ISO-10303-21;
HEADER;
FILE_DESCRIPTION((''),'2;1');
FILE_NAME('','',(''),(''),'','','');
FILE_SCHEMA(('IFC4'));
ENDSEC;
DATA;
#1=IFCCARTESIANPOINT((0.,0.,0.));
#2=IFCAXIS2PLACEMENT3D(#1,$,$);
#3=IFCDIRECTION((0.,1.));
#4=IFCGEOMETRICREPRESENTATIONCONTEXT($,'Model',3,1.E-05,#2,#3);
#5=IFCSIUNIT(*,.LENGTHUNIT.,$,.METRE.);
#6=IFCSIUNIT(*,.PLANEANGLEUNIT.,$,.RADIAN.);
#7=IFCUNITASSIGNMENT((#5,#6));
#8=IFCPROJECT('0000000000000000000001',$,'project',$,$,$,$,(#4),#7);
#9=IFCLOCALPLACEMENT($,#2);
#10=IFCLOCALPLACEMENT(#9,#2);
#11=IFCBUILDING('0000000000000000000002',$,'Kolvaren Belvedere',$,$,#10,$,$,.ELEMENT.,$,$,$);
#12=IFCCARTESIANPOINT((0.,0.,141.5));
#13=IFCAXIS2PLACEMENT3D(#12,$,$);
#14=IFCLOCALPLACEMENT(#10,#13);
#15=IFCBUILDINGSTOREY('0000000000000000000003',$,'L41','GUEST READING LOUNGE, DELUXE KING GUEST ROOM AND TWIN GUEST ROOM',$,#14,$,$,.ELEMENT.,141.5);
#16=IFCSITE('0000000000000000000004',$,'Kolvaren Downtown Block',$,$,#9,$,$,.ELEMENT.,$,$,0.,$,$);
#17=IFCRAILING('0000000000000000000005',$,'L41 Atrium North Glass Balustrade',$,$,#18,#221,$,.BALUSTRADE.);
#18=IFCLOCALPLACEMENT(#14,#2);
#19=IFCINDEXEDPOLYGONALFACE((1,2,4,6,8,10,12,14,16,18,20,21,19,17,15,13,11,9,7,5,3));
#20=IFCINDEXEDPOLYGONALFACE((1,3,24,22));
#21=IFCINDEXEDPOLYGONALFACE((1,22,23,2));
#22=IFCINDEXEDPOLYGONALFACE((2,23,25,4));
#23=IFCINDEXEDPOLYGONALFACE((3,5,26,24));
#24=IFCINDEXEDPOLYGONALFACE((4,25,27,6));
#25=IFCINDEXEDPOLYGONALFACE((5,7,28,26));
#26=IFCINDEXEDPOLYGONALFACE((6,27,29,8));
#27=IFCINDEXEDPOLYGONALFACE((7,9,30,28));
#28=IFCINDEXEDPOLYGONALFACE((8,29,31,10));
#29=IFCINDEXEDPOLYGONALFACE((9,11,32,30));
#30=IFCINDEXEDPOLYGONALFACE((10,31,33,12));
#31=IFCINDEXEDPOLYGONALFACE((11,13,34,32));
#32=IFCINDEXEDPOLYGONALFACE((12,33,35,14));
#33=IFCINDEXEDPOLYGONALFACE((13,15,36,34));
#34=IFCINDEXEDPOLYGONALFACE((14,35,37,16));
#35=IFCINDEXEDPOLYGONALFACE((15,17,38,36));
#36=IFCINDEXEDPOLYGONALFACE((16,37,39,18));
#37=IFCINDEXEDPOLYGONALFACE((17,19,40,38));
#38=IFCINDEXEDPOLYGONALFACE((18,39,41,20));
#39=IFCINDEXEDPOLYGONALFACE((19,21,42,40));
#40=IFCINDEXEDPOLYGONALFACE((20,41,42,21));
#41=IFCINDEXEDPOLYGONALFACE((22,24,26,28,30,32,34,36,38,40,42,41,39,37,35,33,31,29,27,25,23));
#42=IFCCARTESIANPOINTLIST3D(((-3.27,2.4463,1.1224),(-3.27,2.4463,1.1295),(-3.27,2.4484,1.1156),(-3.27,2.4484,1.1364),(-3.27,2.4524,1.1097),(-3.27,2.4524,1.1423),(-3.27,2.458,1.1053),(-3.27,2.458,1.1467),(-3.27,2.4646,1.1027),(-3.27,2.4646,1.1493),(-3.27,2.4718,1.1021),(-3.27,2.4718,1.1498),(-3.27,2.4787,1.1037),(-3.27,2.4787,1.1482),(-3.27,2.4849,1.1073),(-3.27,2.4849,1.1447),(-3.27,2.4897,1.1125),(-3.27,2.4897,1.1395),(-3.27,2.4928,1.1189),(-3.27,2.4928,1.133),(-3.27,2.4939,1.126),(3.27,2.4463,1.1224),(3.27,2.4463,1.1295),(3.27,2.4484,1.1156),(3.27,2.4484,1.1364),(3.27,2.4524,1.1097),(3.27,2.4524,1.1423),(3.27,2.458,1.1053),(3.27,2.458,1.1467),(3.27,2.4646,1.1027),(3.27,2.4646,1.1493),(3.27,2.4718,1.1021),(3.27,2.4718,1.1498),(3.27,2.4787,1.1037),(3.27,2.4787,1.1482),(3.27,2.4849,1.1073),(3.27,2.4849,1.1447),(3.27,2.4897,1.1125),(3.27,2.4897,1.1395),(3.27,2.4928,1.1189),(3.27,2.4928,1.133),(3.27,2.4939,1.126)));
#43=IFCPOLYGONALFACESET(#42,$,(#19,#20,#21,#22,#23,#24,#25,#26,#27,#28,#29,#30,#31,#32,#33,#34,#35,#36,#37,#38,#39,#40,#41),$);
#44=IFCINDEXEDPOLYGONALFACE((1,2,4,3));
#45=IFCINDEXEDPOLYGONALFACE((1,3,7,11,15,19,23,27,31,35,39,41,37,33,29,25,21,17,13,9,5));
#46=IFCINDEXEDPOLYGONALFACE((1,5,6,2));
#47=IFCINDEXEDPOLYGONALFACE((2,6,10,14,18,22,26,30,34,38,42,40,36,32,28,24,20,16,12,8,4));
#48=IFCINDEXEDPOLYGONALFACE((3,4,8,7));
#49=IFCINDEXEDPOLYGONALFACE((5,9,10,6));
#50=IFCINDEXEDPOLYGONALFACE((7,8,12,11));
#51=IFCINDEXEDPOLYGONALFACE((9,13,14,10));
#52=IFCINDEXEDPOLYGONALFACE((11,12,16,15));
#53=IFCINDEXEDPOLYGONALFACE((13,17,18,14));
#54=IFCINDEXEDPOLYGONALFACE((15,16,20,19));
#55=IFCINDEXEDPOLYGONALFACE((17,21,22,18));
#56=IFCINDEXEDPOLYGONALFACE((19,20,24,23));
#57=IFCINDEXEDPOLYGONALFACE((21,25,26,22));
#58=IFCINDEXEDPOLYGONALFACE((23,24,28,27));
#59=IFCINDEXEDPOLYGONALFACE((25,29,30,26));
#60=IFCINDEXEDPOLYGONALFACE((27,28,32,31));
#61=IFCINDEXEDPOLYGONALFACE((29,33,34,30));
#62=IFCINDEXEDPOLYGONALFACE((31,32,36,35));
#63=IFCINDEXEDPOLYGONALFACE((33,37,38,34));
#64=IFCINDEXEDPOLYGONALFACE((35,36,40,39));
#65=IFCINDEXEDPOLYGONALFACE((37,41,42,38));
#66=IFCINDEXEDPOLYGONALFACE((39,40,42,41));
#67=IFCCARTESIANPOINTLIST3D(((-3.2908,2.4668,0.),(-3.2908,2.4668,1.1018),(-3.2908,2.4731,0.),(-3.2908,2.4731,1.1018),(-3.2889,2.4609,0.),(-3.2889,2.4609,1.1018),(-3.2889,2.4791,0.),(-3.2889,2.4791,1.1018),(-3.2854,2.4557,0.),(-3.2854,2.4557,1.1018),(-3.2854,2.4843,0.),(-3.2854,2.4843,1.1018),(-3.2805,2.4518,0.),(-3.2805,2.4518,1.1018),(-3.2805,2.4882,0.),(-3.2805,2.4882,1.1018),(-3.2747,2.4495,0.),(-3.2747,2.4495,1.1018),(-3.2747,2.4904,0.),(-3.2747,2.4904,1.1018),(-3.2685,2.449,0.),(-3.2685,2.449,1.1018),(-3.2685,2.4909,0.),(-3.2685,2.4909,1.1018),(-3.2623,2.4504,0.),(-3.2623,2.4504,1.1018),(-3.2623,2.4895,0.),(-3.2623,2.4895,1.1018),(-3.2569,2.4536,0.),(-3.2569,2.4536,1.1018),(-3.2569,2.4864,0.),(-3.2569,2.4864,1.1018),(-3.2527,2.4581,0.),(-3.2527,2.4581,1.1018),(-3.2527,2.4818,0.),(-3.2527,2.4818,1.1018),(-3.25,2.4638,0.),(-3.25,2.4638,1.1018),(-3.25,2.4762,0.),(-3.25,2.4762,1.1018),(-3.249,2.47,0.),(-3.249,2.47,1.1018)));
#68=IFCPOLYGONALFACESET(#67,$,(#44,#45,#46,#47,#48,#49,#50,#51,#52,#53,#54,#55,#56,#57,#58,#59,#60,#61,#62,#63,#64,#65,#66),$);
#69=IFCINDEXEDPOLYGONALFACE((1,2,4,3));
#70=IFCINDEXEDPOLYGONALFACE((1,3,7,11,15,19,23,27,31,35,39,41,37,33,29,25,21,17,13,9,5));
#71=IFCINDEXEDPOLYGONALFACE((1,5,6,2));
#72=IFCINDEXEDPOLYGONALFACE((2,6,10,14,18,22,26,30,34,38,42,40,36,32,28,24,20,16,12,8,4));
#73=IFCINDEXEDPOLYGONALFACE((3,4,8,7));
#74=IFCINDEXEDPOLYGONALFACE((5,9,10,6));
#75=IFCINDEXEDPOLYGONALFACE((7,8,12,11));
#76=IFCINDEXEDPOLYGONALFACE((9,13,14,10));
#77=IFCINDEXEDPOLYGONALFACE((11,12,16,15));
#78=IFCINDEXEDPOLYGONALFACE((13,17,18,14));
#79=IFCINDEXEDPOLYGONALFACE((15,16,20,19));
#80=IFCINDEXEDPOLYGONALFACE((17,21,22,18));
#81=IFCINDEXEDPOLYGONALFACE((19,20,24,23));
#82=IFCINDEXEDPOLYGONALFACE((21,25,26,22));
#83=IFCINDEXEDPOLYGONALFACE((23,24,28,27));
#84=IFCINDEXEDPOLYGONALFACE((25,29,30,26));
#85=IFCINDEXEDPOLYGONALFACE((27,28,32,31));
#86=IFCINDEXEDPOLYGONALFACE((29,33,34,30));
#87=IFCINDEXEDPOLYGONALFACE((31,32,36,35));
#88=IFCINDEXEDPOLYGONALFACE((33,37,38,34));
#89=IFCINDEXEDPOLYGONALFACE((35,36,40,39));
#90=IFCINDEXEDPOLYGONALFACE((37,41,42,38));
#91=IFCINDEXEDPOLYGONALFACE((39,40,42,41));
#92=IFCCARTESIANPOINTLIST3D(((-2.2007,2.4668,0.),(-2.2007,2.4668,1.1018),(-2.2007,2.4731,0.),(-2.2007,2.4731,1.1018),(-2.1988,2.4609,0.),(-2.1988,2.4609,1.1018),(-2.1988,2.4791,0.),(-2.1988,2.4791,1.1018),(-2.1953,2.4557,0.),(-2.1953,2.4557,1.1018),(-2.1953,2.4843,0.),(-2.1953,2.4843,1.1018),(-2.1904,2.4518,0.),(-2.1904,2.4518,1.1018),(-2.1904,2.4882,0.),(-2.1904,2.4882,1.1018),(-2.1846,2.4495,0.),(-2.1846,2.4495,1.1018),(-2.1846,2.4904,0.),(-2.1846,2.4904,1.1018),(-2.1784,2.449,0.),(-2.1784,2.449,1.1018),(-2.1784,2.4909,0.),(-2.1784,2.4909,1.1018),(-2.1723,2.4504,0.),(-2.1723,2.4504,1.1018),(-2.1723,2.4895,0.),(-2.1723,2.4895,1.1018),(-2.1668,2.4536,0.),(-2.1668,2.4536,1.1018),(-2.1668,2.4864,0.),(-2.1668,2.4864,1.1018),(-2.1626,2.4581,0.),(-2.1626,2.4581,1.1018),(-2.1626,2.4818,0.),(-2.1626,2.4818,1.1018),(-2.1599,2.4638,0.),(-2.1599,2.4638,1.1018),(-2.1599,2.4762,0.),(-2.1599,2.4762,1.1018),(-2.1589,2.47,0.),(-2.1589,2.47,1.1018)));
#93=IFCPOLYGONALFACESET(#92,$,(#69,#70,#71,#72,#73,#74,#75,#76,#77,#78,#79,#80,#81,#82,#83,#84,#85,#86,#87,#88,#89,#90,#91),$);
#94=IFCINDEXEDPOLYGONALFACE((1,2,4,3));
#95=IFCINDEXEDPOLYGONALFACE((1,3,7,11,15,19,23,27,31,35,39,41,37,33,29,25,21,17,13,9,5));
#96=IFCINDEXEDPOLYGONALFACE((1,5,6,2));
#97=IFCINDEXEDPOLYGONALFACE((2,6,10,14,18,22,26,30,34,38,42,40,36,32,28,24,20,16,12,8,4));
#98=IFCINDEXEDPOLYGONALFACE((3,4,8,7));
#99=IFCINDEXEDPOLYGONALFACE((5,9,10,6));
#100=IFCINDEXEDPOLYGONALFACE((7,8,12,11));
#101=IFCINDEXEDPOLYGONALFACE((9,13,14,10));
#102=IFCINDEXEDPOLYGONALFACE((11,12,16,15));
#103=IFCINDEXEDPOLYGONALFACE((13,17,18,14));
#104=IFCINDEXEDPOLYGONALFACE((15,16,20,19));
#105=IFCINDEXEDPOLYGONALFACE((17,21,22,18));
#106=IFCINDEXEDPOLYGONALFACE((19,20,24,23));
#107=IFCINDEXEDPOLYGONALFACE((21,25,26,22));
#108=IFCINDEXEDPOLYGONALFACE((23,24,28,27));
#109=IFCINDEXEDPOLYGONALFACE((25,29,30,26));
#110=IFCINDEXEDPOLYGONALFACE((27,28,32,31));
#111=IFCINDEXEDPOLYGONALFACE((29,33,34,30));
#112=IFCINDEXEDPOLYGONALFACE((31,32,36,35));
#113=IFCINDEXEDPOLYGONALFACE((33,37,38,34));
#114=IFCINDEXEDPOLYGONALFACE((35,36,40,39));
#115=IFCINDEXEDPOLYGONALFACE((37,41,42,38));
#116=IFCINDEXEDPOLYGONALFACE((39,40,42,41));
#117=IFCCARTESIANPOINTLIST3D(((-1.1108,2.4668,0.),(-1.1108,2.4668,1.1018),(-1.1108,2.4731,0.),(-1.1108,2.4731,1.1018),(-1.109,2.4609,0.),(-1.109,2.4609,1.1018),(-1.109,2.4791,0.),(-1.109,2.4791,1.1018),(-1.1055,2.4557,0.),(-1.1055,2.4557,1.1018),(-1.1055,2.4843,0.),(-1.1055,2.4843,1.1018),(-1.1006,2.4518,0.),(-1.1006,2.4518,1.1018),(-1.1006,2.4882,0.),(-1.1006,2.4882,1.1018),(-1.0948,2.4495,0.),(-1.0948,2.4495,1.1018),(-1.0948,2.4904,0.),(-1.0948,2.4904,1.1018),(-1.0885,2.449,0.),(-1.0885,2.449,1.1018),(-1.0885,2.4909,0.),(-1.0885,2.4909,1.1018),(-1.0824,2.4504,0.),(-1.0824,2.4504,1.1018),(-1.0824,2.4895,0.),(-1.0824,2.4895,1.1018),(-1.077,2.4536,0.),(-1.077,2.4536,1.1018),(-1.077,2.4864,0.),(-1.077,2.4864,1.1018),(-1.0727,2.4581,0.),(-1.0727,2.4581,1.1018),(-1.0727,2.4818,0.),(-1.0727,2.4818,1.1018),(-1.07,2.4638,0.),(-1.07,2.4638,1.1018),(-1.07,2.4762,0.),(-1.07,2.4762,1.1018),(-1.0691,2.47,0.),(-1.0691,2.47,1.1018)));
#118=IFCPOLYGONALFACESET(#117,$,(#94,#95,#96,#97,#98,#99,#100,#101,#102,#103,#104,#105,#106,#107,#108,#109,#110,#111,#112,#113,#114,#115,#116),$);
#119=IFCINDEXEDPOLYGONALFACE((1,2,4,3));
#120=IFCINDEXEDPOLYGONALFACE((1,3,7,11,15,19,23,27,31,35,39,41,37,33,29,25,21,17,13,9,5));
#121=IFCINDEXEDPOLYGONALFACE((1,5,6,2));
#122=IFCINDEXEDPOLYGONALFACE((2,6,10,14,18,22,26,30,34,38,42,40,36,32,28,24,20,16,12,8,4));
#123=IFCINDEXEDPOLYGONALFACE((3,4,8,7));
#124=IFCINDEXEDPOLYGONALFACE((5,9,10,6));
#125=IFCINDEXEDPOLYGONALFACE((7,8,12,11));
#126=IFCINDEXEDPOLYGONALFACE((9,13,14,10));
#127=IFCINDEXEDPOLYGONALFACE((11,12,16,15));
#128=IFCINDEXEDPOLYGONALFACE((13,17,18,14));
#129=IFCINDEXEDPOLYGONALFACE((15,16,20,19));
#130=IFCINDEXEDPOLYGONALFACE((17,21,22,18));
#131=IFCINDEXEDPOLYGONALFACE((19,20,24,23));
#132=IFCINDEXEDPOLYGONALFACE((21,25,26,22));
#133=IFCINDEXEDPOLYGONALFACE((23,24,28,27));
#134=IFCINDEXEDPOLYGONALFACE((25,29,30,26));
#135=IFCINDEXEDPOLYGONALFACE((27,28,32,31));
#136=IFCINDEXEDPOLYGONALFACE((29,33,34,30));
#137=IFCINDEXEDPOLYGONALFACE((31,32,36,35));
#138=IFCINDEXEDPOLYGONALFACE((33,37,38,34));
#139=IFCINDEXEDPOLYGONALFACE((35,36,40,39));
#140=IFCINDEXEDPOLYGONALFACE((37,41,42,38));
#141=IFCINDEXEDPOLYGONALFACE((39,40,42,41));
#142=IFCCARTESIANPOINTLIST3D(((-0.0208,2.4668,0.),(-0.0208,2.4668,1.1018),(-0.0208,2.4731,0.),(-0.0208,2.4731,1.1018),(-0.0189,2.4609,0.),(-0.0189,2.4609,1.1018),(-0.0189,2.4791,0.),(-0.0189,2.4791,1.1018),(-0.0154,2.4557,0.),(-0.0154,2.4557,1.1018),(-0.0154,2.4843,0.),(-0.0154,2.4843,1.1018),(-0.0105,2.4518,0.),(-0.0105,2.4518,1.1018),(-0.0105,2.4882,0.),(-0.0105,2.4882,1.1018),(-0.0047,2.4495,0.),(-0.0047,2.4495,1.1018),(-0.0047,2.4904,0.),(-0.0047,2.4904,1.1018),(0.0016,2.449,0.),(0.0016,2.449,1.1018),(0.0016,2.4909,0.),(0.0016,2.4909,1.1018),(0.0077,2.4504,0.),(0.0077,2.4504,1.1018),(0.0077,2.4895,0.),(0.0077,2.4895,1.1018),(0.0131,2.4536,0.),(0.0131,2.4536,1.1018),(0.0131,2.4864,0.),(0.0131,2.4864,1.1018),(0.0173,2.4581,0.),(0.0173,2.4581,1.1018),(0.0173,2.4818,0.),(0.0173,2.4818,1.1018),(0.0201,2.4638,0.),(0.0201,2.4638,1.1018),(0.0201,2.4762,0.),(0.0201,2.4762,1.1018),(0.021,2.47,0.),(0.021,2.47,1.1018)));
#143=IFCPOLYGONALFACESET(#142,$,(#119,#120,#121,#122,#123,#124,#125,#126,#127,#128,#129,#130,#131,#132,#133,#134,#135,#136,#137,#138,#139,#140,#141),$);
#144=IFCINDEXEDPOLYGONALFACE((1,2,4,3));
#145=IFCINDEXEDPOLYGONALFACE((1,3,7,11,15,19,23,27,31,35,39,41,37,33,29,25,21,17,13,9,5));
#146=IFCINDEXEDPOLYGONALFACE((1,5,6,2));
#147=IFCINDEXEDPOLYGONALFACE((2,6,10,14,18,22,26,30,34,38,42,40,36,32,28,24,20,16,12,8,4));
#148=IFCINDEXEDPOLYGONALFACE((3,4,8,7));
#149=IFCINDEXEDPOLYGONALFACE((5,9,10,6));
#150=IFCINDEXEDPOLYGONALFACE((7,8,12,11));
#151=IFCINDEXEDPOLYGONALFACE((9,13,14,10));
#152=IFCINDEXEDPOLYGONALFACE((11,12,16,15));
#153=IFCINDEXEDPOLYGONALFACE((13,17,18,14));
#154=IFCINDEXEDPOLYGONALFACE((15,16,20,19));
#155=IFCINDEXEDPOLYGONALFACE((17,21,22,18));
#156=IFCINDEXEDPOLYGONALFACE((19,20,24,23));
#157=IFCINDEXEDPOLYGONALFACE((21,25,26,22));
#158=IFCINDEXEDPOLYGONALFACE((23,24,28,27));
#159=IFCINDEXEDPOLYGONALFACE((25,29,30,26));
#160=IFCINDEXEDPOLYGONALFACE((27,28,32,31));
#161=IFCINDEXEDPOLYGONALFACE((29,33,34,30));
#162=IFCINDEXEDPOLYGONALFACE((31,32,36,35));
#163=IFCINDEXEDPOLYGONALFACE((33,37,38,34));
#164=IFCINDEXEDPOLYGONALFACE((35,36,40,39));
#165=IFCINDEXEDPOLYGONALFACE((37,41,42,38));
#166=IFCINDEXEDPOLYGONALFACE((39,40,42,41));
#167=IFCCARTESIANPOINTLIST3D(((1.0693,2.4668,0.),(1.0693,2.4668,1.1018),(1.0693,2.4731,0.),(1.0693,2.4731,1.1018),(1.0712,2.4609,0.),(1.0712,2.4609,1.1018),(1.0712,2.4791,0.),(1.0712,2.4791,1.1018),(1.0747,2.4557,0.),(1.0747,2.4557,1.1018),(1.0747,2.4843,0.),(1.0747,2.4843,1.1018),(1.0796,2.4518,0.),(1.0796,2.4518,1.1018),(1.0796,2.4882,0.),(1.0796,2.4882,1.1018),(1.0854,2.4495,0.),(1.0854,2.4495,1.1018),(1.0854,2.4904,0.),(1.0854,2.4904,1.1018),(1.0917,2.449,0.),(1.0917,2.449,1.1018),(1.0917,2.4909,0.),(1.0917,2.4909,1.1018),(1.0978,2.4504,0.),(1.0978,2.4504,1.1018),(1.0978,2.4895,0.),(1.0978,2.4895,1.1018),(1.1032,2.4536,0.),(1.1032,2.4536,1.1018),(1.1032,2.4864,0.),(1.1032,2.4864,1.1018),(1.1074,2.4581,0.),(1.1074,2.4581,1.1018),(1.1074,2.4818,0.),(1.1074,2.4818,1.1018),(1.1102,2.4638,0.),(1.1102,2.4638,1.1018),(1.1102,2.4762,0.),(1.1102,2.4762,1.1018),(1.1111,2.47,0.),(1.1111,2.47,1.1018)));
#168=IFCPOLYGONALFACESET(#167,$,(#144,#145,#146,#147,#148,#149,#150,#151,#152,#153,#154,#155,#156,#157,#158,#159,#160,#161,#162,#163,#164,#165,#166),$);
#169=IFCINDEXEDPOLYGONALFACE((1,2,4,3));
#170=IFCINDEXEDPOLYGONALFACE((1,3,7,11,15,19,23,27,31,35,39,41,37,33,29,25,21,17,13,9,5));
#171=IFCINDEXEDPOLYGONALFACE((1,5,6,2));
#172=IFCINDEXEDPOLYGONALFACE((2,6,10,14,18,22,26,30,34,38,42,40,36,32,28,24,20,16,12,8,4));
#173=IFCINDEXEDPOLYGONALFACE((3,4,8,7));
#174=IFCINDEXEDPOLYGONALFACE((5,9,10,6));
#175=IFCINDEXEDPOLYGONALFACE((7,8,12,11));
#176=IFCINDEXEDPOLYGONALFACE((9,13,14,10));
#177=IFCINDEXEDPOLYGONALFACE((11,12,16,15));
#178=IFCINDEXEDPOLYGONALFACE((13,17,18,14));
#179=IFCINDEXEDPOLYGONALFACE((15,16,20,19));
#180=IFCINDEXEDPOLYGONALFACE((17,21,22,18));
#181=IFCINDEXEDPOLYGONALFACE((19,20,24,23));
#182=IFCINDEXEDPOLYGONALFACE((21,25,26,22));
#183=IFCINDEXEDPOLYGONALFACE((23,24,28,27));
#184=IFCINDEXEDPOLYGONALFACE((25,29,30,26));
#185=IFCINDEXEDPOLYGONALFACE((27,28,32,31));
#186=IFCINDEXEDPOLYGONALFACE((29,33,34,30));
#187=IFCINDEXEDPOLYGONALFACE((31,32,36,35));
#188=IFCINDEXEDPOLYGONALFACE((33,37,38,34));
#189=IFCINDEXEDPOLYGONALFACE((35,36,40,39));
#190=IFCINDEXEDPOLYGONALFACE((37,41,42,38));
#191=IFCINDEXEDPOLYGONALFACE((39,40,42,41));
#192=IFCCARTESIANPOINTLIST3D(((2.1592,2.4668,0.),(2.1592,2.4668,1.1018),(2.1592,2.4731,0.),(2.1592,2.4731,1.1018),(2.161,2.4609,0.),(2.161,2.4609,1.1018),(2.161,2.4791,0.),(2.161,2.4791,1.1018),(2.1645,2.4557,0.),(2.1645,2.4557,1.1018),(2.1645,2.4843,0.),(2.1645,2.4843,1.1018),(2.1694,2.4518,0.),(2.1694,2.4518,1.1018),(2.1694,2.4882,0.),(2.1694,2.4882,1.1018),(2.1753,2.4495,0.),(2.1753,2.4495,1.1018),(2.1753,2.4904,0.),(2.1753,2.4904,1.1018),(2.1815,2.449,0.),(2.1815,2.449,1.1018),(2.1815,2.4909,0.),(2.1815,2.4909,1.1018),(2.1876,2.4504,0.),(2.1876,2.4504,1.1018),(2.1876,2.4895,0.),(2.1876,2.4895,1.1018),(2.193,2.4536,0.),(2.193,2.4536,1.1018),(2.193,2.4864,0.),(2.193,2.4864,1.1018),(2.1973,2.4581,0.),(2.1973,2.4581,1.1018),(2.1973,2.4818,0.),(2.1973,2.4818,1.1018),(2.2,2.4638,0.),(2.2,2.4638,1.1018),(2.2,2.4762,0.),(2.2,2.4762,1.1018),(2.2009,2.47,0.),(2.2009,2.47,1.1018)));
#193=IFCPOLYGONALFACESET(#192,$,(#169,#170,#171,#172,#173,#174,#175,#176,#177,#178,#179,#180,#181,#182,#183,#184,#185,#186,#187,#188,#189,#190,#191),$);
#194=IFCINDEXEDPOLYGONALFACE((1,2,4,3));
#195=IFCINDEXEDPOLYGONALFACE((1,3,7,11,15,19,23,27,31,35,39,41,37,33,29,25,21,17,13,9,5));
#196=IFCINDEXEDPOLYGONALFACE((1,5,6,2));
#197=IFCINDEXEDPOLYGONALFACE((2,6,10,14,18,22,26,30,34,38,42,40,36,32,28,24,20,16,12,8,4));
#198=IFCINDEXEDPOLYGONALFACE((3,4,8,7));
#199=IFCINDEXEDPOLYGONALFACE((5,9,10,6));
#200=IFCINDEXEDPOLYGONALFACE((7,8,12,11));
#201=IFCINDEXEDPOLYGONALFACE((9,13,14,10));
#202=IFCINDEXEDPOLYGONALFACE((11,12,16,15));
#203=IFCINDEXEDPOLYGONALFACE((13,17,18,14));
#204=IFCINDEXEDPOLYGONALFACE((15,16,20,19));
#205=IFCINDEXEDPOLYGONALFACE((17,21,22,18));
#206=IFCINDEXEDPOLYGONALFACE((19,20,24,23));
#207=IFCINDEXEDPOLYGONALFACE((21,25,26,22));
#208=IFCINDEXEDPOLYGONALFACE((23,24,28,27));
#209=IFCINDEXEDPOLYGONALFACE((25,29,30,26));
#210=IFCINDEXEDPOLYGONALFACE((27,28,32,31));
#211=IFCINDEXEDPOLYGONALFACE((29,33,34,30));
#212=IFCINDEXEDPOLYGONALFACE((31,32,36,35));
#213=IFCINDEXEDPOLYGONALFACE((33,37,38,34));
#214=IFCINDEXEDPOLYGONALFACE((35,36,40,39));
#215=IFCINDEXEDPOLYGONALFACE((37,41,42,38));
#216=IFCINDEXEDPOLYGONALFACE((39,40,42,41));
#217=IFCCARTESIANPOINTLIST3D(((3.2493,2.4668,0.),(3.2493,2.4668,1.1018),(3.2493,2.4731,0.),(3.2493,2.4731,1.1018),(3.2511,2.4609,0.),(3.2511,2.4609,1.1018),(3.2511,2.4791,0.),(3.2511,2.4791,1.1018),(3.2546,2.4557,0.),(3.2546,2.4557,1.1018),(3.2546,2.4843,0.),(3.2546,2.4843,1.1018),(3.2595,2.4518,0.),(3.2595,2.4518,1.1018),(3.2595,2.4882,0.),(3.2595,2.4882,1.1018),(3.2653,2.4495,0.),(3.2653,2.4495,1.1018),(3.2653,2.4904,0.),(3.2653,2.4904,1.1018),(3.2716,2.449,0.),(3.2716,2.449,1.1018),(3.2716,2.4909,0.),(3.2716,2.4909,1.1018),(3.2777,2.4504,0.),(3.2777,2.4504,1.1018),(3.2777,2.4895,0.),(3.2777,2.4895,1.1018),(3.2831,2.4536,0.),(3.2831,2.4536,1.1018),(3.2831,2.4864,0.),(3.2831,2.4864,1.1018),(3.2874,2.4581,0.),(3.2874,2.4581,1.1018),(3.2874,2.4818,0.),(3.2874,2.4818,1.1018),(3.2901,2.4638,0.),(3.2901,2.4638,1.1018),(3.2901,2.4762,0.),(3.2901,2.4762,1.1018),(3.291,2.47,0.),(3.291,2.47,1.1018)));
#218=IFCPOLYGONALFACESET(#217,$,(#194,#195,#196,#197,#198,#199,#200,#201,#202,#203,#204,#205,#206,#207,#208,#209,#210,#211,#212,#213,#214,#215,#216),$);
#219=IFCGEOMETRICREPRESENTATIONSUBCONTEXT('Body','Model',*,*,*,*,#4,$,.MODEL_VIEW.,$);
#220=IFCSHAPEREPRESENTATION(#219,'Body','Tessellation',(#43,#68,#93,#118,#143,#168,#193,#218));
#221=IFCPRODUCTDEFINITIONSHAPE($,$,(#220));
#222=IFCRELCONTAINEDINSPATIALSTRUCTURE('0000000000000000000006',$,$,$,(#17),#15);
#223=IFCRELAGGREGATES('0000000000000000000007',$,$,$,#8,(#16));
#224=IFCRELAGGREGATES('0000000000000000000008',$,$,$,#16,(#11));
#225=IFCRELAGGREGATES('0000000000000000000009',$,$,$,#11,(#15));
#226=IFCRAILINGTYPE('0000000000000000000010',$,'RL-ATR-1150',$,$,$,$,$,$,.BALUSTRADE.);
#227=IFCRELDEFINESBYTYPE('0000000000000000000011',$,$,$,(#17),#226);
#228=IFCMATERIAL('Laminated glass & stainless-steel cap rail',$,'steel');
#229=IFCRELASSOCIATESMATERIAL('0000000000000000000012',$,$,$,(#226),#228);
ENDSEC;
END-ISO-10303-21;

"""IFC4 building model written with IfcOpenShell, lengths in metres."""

from ifc_helpers import new_model, si_unit, direction, frame, origin, origin_2d, place, context, subcontext, project, spatial, circle, extrude, material, type_object, element, save


model = new_model("IFC4")

# Units and contexts
model_context = context("Model", 3, precision=1e-05, world=origin(), true_north=direction((0.0, 1.0)))
body_context = subcontext(model_context, "Body", "Model", "MODEL_VIEW")
ifc_project = project(units=[si_unit("LENGTHUNIT", "METRE"), si_unit("PLANEANGLEUNIT", "RADIAN")], contexts=[model_context])

# Site, building, storey
site_placement = place(None, origin())
site = spatial("IfcSite", under=ifc_project, at=site_placement, Name="Kolvaren Downtown Block", CompositionType="ELEMENT", RefElevation=0.0)
building_placement = place(site_placement, origin())
building = spatial("IfcBuilding", under=site, at=building_placement, Name="Kolvaren Belvedere", CompositionType="ELEMENT")
storey_placement = place(building_placement, frame((0.0, 0.0, 141.5)))
storey = spatial("IfcBuildingStorey", under=building, at=storey_placement, Name="L41", Description="GUEST READING LOUNGE, DELUXE KING GUEST ROOM AND TWIN GUEST ROOM", CompositionType="ELEMENT", Elevation=141.5)

# Railing
ifc_material_1 = material(Name="Laminated glass & stainless-steel cap rail", Category="steel")
railing_type_1 = type_object("IfcRailingType", Name="RL-ATR-1150", PredefinedType="BALUSTRADE", material=ifc_material_1)
railing_1_placement = place(storey_placement, frame((-3.27, 2.47, 0.0)))
element("IfcRailing", 1, at=railing_1_placement, inside=storey, type_object=railing_type_1, Name="L41 Atrium North Glass Balustrade", PredefinedType="BALUSTRADE", context=body_context, shape_type="SweptSolid", body=[
    extrude(circle(Radius=0.0239, at=origin_2d()), frame((0.0, 0.0, 1.126), z_axis=(1.0, 0.0, 0.0), x_axis=(0.0, 1.0, 0.0)), (0.0, 0.0, 1.0), 6.54),
    extrude(circle(Radius=0.021, at=origin_2d()), origin(), (0.0, 0.0, 1.0), 1.1018),
    extrude(circle(Radius=0.021, at=origin_2d()), frame((1.0901, 0.0, 0.0)), (0.0, 0.0, 1.0), 1.1018),
    extrude(circle(Radius=0.021, at=origin_2d()), frame((2.1799, 0.0, 0.0)), (0.0, 0.0, 1.0), 1.1018),
    extrude(circle(Radius=0.021, at=origin_2d()), frame((3.27, 0.0, 0.0)), (0.0, 0.0, 1.0), 1.1018),
    extrude(circle(Radius=0.021, at=origin_2d()), frame((4.3601, 0.0, 0.0)), (0.0, 0.0, 1.0), 1.1018),
    extrude(circle(Radius=0.021, at=origin_2d()), frame((5.45, 0.0, 0.0)), (0.0, 0.0, 1.0), 1.1018),
    extrude(circle(Radius=0.021, at=origin_2d()), frame((6.54, 0.0, 0.0)), (0.0, 0.0, 1.0), 1.1018),
])

save(model, "model.ifc")
